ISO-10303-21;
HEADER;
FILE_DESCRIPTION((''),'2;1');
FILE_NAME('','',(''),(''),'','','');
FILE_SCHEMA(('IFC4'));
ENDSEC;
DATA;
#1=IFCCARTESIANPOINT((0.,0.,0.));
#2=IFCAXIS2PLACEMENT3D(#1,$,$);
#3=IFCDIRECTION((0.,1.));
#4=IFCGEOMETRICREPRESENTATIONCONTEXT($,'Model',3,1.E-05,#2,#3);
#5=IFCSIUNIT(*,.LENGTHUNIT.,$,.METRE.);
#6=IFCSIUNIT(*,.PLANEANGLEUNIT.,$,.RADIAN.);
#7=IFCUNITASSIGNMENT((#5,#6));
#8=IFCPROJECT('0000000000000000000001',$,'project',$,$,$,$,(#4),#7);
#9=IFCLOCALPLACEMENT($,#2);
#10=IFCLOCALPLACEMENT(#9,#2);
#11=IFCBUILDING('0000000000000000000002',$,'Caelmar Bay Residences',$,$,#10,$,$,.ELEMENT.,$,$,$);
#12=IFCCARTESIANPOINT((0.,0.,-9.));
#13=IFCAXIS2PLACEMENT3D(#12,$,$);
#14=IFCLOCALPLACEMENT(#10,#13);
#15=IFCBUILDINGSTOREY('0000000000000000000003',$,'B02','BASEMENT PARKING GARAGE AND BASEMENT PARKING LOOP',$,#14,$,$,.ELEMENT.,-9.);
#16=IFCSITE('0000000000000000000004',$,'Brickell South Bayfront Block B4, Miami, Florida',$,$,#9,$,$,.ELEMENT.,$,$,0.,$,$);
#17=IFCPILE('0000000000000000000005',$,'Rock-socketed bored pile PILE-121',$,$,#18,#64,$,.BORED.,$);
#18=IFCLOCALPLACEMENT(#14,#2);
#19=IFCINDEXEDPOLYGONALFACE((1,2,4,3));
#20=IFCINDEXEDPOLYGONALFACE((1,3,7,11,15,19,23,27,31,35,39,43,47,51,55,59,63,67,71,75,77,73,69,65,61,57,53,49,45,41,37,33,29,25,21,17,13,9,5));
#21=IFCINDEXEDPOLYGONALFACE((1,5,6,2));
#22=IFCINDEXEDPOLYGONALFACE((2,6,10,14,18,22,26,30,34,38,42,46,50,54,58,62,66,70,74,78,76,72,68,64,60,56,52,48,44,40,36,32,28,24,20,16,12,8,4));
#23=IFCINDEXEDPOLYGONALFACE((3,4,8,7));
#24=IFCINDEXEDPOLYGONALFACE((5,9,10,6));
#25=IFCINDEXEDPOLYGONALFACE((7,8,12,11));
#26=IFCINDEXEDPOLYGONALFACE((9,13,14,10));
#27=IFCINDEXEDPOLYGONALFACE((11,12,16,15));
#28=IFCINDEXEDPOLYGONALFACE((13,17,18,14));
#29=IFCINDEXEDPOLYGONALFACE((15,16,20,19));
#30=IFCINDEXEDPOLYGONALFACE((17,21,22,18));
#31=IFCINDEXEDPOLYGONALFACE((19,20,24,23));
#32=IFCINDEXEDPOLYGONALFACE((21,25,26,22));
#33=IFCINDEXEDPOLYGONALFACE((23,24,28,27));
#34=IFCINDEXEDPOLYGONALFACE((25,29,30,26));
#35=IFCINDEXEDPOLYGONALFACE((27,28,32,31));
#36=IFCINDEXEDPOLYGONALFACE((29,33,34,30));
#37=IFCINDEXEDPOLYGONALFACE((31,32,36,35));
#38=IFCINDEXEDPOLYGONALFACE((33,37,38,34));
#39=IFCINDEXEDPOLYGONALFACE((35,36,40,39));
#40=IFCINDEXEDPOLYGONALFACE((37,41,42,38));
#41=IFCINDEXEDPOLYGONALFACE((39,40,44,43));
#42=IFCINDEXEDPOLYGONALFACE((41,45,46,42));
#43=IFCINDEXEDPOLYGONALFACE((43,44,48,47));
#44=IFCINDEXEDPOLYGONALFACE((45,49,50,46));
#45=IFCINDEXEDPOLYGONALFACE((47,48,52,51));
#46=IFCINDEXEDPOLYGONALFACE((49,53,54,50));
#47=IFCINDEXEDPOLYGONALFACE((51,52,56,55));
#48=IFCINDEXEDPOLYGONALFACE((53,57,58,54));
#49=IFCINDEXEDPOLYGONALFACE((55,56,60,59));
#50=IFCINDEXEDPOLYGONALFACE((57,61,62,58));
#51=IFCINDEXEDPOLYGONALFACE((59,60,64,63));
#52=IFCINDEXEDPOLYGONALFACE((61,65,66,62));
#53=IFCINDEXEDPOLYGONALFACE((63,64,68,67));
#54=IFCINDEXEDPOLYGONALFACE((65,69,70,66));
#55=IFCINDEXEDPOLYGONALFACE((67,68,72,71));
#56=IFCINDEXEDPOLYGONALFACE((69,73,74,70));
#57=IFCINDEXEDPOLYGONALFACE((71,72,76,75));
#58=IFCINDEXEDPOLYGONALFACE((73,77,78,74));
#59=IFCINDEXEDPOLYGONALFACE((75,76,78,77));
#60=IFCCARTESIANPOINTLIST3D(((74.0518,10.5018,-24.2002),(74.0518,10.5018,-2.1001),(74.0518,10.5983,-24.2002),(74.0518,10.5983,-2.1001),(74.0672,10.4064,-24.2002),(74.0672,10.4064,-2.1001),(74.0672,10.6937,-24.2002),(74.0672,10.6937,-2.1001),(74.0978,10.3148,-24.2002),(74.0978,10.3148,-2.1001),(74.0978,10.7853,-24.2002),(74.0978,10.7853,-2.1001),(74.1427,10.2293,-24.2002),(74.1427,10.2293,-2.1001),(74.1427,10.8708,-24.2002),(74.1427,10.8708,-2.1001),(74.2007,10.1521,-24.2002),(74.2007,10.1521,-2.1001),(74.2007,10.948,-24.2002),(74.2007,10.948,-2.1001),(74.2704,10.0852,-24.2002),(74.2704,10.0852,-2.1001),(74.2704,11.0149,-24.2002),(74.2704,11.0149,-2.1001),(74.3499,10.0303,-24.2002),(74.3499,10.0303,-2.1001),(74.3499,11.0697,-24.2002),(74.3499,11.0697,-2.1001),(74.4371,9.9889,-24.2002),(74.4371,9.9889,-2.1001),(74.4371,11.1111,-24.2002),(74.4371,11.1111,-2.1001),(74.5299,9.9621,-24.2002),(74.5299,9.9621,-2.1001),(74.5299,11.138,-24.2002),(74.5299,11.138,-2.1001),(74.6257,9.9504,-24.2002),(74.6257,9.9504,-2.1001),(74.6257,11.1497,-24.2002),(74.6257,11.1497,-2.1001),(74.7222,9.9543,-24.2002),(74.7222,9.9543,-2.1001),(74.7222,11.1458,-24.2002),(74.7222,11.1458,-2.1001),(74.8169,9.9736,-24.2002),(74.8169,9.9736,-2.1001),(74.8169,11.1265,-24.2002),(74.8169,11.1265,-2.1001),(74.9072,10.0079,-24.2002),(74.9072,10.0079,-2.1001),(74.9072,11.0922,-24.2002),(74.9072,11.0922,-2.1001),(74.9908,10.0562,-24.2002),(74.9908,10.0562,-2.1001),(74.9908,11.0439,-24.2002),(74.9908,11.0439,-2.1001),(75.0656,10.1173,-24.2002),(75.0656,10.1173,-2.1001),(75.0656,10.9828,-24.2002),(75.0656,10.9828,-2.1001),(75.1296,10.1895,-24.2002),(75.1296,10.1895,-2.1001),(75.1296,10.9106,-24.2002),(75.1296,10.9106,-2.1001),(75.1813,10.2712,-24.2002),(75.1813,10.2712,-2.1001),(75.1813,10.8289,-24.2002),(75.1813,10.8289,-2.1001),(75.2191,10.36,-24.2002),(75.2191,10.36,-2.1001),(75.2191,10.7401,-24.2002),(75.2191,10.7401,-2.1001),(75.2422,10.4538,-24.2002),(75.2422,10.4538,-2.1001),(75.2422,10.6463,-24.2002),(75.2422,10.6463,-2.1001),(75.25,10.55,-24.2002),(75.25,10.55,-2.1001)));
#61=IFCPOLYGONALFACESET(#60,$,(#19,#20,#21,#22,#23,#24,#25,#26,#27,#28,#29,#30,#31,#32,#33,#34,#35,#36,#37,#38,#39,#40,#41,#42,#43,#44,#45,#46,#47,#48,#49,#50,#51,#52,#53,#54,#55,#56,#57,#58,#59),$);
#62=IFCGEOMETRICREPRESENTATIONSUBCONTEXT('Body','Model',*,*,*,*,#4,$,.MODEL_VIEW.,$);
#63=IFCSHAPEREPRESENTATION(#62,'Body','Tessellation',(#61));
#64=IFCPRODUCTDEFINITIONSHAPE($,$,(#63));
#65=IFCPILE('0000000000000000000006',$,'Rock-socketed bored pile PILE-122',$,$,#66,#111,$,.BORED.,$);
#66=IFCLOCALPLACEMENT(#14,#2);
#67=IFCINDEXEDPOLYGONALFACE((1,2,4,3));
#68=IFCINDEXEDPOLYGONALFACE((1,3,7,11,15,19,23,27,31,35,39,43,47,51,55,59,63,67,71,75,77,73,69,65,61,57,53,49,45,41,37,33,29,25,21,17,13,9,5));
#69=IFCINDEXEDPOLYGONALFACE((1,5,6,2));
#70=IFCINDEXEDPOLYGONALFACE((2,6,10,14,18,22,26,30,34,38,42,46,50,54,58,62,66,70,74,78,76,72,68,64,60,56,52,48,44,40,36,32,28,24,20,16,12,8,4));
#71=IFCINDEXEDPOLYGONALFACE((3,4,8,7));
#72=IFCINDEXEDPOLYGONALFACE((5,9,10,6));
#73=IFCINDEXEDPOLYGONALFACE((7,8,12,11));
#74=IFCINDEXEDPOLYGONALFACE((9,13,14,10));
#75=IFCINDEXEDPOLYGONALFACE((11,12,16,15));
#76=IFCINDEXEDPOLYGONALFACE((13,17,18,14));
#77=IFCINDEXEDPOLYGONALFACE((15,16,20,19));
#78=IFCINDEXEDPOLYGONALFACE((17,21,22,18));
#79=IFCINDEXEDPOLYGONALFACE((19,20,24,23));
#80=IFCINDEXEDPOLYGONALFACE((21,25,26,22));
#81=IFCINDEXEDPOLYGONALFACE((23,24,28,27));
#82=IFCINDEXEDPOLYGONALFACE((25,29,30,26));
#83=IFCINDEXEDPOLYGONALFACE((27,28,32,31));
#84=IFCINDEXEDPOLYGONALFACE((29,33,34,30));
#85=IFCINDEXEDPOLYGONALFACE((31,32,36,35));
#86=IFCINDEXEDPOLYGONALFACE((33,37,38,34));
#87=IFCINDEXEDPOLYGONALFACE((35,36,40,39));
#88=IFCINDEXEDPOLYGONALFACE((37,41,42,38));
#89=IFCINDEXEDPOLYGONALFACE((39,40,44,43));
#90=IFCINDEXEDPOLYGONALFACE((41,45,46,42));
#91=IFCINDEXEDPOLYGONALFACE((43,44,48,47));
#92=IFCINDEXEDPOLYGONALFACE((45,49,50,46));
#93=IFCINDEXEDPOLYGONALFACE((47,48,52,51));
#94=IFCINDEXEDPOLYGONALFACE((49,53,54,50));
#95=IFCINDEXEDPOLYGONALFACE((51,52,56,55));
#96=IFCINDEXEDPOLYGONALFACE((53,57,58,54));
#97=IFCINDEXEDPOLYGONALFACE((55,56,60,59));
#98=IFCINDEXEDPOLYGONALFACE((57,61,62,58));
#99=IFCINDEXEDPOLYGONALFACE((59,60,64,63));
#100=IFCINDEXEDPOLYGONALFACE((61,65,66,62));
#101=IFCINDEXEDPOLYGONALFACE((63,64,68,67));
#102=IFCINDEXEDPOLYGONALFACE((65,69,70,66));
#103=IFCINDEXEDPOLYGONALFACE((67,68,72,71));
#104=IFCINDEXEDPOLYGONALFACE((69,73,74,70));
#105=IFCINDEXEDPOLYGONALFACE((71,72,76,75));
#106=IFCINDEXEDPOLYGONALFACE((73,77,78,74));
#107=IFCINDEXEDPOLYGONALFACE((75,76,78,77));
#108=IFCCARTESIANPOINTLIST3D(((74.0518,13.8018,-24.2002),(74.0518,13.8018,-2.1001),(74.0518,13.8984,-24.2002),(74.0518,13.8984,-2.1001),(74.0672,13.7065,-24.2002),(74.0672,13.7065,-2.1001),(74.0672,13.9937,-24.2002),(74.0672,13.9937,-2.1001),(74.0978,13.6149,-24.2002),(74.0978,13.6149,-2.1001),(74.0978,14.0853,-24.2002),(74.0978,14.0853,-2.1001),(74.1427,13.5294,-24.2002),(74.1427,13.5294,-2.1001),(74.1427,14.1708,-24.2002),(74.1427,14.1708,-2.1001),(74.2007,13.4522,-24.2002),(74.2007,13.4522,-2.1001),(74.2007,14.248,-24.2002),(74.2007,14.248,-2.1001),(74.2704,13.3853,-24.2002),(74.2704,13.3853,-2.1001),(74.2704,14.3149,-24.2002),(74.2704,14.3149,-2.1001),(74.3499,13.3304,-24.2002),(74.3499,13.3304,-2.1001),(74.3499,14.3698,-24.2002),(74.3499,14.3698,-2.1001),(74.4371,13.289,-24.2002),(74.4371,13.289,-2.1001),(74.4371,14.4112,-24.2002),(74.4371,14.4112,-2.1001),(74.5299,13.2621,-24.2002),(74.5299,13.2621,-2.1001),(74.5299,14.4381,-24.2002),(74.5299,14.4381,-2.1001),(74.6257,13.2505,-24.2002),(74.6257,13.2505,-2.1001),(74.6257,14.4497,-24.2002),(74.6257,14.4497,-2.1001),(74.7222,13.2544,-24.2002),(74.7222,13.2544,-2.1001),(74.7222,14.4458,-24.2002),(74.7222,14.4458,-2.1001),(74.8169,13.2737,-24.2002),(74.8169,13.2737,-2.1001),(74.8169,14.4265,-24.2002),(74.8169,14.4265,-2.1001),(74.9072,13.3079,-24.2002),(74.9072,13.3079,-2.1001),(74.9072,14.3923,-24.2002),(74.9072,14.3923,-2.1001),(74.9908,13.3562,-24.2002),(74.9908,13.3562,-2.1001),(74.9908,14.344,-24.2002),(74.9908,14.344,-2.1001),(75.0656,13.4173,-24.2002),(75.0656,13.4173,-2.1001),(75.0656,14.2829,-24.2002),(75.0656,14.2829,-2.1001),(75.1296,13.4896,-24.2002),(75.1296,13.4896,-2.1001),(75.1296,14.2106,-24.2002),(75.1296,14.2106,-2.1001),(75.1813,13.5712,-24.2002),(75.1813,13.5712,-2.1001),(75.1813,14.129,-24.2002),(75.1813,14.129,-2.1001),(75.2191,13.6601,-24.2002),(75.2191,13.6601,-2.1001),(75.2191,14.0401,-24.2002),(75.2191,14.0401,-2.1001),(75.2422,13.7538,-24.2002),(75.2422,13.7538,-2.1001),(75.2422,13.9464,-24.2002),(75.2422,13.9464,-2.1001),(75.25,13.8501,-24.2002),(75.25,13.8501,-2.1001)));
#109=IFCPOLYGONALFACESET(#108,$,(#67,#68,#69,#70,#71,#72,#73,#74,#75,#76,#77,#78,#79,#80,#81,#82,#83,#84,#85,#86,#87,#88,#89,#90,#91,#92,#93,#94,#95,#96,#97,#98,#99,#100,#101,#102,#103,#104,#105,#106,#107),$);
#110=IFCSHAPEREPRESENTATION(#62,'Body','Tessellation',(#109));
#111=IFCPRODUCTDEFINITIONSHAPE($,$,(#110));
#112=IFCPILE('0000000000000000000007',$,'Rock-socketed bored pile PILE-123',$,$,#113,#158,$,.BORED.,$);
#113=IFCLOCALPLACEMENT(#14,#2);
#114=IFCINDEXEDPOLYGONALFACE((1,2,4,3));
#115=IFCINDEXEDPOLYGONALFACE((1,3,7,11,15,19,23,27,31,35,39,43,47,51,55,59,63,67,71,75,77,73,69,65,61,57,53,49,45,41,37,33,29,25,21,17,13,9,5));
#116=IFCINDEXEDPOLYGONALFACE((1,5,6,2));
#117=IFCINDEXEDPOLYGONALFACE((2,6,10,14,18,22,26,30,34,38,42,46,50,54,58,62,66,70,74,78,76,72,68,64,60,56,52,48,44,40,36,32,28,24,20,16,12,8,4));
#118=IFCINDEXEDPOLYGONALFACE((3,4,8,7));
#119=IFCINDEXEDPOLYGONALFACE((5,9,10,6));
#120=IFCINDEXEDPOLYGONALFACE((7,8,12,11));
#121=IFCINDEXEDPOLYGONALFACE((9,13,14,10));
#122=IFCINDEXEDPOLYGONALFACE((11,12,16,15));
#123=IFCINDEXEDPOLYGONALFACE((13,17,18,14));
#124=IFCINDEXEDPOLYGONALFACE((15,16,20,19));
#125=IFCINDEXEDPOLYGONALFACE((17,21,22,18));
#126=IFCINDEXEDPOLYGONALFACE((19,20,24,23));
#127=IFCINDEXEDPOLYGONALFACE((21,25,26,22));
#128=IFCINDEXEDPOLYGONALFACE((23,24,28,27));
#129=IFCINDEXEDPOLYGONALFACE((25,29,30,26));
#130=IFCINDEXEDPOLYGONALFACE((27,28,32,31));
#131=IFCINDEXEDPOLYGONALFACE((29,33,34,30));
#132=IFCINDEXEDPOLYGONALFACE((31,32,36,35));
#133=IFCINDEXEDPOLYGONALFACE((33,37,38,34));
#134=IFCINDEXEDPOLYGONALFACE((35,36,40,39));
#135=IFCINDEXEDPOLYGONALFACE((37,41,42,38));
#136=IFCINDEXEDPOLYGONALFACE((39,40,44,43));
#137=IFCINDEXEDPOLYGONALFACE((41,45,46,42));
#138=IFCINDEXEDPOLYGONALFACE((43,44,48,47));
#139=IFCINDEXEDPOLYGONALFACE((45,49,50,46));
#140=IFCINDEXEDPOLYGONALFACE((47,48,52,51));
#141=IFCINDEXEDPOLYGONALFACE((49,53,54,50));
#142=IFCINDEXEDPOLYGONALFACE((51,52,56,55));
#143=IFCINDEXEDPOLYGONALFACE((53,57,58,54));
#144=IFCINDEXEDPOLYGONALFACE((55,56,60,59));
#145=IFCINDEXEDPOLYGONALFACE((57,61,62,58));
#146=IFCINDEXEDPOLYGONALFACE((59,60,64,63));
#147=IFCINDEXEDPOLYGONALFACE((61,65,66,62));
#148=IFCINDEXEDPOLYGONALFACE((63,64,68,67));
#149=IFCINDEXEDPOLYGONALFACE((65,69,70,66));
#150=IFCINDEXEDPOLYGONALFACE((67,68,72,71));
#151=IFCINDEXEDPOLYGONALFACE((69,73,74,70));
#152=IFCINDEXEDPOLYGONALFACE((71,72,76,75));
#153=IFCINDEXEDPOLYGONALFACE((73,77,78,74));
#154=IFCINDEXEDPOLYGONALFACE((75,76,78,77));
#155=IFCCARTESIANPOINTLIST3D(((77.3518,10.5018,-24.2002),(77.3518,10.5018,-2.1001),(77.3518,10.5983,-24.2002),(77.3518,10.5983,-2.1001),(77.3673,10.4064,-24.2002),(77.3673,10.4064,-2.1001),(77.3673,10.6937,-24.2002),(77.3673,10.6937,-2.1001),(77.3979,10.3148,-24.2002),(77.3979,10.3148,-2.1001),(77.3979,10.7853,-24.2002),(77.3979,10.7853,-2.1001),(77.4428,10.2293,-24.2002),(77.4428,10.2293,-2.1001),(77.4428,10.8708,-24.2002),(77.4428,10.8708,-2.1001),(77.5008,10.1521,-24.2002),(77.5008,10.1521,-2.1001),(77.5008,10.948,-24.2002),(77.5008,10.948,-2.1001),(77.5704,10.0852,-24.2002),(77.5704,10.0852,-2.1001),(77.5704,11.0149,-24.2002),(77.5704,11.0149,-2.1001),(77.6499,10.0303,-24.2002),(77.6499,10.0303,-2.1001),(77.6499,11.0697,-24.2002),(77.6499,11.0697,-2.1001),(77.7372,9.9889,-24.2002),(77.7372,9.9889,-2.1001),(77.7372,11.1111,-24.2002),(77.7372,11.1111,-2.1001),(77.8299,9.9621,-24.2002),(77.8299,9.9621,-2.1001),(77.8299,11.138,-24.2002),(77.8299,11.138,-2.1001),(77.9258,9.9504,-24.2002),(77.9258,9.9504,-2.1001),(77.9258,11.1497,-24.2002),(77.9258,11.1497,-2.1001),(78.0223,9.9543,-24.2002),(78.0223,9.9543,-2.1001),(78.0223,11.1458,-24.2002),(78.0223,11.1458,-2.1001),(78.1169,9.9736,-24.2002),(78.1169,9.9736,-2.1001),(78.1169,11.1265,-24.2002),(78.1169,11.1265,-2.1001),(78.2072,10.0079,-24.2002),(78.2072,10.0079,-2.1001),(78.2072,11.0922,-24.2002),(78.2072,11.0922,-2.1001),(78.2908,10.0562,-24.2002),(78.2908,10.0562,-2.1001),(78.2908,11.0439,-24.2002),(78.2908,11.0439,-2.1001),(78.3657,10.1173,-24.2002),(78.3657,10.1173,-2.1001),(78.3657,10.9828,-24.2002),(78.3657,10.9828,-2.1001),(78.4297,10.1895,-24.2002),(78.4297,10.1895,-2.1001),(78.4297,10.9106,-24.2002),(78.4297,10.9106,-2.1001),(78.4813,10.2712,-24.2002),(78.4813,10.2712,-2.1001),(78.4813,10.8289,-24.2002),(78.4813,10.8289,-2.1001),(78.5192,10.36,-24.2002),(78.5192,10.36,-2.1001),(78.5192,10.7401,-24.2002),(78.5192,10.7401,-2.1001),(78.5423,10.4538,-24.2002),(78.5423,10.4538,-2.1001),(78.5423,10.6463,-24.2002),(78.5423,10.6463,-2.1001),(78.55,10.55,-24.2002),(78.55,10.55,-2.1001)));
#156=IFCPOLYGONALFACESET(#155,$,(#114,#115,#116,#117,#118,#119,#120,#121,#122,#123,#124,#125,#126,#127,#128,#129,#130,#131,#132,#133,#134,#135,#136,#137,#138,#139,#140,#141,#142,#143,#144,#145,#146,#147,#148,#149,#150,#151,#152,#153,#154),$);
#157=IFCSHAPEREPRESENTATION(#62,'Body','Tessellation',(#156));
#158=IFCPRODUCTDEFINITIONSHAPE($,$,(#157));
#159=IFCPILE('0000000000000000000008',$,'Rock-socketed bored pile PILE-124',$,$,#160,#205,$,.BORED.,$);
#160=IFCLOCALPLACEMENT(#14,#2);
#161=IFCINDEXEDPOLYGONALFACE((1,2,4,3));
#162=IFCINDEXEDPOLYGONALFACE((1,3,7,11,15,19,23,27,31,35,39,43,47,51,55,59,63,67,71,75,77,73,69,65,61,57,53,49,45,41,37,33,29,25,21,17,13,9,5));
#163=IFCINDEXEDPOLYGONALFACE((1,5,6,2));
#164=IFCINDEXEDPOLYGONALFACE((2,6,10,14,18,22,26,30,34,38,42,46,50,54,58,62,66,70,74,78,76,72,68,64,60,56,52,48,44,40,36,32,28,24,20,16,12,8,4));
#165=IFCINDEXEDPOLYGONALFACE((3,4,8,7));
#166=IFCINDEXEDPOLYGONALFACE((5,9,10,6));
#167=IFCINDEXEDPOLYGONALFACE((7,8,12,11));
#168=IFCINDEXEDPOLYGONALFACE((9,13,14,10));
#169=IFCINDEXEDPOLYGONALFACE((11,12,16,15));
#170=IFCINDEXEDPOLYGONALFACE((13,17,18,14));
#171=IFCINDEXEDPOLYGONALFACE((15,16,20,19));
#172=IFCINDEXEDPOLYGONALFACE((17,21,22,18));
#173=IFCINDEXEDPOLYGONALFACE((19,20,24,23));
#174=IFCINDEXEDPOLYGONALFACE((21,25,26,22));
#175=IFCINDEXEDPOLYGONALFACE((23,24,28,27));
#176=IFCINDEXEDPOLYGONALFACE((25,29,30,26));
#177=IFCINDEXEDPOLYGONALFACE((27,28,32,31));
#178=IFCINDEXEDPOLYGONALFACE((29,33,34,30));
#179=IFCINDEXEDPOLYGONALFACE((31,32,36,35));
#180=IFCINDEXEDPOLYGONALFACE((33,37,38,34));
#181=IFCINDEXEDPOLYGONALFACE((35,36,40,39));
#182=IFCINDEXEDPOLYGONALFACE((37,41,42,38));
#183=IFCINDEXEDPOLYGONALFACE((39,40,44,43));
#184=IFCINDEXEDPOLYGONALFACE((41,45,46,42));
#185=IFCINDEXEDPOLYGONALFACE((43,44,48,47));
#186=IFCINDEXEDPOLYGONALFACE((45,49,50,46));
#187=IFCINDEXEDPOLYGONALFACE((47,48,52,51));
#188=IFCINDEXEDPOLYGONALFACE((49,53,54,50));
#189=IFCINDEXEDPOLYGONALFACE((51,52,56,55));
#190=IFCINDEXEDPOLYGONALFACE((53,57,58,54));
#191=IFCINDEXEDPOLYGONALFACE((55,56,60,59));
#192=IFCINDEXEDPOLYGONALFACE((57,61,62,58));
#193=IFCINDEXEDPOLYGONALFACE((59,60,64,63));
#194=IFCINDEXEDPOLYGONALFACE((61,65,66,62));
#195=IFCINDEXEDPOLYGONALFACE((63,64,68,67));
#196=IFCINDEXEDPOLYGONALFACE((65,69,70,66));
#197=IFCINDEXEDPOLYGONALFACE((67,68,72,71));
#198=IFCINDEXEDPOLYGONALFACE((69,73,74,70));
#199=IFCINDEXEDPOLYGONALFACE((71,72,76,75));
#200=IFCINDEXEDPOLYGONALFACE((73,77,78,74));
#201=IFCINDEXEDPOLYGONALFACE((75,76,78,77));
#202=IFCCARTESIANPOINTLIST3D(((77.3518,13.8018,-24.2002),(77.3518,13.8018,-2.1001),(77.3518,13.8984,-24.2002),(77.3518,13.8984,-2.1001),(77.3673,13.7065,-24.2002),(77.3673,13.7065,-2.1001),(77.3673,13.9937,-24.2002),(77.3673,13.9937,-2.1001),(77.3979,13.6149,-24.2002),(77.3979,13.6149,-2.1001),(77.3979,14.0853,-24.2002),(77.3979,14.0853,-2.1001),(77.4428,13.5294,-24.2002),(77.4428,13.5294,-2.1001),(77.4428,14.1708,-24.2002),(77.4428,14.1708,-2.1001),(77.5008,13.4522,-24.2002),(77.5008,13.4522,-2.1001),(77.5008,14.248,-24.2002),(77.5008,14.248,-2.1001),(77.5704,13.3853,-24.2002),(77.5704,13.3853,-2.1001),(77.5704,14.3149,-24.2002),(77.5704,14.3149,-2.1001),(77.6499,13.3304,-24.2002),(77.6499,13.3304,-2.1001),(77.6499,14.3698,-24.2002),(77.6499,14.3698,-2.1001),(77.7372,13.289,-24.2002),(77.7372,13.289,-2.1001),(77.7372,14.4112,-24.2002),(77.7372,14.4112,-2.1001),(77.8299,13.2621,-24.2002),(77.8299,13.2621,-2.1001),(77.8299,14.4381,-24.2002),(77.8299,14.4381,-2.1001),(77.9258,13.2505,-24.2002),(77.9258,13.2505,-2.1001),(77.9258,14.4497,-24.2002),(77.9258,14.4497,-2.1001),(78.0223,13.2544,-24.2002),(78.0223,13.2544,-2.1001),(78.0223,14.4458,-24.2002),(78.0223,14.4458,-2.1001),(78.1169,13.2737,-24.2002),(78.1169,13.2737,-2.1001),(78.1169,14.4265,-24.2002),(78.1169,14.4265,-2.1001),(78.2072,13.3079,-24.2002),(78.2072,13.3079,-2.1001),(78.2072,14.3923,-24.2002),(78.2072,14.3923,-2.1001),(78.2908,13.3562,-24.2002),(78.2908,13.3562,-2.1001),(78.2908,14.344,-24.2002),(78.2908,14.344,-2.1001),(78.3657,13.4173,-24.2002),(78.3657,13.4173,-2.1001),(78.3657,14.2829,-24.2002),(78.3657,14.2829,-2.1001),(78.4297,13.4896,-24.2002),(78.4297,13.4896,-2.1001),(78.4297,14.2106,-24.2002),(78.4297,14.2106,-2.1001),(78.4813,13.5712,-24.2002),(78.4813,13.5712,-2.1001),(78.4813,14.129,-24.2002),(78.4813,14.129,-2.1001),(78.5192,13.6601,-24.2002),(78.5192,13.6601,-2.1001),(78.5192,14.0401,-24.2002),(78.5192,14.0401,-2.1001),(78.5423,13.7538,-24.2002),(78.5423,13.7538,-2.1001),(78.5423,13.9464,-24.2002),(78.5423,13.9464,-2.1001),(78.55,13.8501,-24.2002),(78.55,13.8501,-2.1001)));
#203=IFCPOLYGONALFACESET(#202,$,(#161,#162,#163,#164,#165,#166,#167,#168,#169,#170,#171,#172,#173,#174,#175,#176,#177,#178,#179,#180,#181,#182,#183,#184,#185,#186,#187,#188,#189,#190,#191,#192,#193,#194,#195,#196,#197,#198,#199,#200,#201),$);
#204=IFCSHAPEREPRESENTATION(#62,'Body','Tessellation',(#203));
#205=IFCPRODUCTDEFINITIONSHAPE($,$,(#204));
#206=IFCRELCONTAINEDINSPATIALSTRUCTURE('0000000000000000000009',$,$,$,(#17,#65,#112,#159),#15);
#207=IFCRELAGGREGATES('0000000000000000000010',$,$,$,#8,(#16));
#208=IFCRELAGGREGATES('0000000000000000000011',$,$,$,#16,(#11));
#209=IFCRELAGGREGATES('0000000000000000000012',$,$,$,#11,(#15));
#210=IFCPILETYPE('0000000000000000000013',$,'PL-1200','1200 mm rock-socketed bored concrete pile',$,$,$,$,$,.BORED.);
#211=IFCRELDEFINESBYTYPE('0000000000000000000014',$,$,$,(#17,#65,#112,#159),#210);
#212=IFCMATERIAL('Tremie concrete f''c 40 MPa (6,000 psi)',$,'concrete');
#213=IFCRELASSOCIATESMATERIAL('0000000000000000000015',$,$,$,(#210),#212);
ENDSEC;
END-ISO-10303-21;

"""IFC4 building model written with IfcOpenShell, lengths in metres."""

from ifc_helpers import new_model, si_unit, direction, frame, origin, origin_2d, place, context, subcontext, project, spatial, circle, extrude, material, material_profile, profile_set, type_object, element, save


model = new_model("IFC4")

# Units and contexts
model_context = context("Model", 3, precision=1e-05, world=origin(), true_north=direction((0.0, 1.0)))
body_context = subcontext(model_context, "Body", "Model", "MODEL_VIEW")
ifc_project = project(units=[si_unit("LENGTHUNIT", "METRE"), si_unit("PLANEANGLEUNIT", "RADIAN")], contexts=[model_context])

# Site, building, storey
site_placement = place(None, origin())
site = spatial("IfcSite", under=ifc_project, at=site_placement, Name="Brickell South Bayfront Block B4, Miami, Florida", CompositionType="ELEMENT", RefElevation=0.0)
building_placement = place(site_placement, origin())
building = spatial("IfcBuilding", under=site, at=building_placement, Name="Caelmar Bay Residences", CompositionType="ELEMENT")
storey_placement = place(building_placement, frame((0.0, 0.0, -9.0)))
storey = spatial("IfcBuildingStorey", under=building, at=storey_placement, Name="B02", Description="BASEMENT PARKING GARAGE AND BASEMENT PARKING LOOP", CompositionType="ELEMENT", Elevation=-9.0)

# Piles
ifc_material_1 = material(Name="Tremie concrete f'c 40 MPa (6,000 psi)", Category="concrete")
ifc_material_profile_1 = material_profile(ifc_material_1, circle(Radius=0.6001, at=origin_2d()), Name="PILE-1200D")
ifc_profile_set_1 = profile_set([ifc_material_profile_1], Name="Tremie concrete f'c 40 MPa (6,000 psi)")
pile_type = type_object("IfcPileType", Name="PL-1200", Description="1200 mm rock-socketed bored concrete pile", PredefinedType="BORED", material=ifc_profile_set_1)
for number, where, z_axis, x_axis, name in (
    (1, (74.6499, 10.55, -2.1001), (0.0, 0.0, -1.0), (1.0, 0.0, 0.0), "Rock-socketed bored pile PILE-121"),
    (2, (74.6499, 13.8501, -2.1001), (0.0, 0.0, -1.0), (1.0, 0.0, 0.0), "Rock-socketed bored pile PILE-122"),
    (3, (77.95, 10.55, -2.1001), (0.0, 0.0, -1.0), (1.0, 0.0, 0.0), "Rock-socketed bored pile PILE-123"),
    (4, (77.95, 13.8501, -2.1001), (0.0, 0.0, -1.0), (1.0, 0.0, 0.0), "Rock-socketed bored pile PILE-124"),
):
    element("IfcPile", number, at=place(storey_placement, frame(where, z_axis=z_axis, x_axis=x_axis)), inside=storey, type_object=pile_type, Name=name, PredefinedType="BORED", context=body_context, shape_type="SweptSolid", body=[
        extrude(circle(Radius=0.6001, at=origin_2d()), origin(), (0.0, 0.0, 1.0), 22.1001),
    ])

save(model, "model.ifc")
